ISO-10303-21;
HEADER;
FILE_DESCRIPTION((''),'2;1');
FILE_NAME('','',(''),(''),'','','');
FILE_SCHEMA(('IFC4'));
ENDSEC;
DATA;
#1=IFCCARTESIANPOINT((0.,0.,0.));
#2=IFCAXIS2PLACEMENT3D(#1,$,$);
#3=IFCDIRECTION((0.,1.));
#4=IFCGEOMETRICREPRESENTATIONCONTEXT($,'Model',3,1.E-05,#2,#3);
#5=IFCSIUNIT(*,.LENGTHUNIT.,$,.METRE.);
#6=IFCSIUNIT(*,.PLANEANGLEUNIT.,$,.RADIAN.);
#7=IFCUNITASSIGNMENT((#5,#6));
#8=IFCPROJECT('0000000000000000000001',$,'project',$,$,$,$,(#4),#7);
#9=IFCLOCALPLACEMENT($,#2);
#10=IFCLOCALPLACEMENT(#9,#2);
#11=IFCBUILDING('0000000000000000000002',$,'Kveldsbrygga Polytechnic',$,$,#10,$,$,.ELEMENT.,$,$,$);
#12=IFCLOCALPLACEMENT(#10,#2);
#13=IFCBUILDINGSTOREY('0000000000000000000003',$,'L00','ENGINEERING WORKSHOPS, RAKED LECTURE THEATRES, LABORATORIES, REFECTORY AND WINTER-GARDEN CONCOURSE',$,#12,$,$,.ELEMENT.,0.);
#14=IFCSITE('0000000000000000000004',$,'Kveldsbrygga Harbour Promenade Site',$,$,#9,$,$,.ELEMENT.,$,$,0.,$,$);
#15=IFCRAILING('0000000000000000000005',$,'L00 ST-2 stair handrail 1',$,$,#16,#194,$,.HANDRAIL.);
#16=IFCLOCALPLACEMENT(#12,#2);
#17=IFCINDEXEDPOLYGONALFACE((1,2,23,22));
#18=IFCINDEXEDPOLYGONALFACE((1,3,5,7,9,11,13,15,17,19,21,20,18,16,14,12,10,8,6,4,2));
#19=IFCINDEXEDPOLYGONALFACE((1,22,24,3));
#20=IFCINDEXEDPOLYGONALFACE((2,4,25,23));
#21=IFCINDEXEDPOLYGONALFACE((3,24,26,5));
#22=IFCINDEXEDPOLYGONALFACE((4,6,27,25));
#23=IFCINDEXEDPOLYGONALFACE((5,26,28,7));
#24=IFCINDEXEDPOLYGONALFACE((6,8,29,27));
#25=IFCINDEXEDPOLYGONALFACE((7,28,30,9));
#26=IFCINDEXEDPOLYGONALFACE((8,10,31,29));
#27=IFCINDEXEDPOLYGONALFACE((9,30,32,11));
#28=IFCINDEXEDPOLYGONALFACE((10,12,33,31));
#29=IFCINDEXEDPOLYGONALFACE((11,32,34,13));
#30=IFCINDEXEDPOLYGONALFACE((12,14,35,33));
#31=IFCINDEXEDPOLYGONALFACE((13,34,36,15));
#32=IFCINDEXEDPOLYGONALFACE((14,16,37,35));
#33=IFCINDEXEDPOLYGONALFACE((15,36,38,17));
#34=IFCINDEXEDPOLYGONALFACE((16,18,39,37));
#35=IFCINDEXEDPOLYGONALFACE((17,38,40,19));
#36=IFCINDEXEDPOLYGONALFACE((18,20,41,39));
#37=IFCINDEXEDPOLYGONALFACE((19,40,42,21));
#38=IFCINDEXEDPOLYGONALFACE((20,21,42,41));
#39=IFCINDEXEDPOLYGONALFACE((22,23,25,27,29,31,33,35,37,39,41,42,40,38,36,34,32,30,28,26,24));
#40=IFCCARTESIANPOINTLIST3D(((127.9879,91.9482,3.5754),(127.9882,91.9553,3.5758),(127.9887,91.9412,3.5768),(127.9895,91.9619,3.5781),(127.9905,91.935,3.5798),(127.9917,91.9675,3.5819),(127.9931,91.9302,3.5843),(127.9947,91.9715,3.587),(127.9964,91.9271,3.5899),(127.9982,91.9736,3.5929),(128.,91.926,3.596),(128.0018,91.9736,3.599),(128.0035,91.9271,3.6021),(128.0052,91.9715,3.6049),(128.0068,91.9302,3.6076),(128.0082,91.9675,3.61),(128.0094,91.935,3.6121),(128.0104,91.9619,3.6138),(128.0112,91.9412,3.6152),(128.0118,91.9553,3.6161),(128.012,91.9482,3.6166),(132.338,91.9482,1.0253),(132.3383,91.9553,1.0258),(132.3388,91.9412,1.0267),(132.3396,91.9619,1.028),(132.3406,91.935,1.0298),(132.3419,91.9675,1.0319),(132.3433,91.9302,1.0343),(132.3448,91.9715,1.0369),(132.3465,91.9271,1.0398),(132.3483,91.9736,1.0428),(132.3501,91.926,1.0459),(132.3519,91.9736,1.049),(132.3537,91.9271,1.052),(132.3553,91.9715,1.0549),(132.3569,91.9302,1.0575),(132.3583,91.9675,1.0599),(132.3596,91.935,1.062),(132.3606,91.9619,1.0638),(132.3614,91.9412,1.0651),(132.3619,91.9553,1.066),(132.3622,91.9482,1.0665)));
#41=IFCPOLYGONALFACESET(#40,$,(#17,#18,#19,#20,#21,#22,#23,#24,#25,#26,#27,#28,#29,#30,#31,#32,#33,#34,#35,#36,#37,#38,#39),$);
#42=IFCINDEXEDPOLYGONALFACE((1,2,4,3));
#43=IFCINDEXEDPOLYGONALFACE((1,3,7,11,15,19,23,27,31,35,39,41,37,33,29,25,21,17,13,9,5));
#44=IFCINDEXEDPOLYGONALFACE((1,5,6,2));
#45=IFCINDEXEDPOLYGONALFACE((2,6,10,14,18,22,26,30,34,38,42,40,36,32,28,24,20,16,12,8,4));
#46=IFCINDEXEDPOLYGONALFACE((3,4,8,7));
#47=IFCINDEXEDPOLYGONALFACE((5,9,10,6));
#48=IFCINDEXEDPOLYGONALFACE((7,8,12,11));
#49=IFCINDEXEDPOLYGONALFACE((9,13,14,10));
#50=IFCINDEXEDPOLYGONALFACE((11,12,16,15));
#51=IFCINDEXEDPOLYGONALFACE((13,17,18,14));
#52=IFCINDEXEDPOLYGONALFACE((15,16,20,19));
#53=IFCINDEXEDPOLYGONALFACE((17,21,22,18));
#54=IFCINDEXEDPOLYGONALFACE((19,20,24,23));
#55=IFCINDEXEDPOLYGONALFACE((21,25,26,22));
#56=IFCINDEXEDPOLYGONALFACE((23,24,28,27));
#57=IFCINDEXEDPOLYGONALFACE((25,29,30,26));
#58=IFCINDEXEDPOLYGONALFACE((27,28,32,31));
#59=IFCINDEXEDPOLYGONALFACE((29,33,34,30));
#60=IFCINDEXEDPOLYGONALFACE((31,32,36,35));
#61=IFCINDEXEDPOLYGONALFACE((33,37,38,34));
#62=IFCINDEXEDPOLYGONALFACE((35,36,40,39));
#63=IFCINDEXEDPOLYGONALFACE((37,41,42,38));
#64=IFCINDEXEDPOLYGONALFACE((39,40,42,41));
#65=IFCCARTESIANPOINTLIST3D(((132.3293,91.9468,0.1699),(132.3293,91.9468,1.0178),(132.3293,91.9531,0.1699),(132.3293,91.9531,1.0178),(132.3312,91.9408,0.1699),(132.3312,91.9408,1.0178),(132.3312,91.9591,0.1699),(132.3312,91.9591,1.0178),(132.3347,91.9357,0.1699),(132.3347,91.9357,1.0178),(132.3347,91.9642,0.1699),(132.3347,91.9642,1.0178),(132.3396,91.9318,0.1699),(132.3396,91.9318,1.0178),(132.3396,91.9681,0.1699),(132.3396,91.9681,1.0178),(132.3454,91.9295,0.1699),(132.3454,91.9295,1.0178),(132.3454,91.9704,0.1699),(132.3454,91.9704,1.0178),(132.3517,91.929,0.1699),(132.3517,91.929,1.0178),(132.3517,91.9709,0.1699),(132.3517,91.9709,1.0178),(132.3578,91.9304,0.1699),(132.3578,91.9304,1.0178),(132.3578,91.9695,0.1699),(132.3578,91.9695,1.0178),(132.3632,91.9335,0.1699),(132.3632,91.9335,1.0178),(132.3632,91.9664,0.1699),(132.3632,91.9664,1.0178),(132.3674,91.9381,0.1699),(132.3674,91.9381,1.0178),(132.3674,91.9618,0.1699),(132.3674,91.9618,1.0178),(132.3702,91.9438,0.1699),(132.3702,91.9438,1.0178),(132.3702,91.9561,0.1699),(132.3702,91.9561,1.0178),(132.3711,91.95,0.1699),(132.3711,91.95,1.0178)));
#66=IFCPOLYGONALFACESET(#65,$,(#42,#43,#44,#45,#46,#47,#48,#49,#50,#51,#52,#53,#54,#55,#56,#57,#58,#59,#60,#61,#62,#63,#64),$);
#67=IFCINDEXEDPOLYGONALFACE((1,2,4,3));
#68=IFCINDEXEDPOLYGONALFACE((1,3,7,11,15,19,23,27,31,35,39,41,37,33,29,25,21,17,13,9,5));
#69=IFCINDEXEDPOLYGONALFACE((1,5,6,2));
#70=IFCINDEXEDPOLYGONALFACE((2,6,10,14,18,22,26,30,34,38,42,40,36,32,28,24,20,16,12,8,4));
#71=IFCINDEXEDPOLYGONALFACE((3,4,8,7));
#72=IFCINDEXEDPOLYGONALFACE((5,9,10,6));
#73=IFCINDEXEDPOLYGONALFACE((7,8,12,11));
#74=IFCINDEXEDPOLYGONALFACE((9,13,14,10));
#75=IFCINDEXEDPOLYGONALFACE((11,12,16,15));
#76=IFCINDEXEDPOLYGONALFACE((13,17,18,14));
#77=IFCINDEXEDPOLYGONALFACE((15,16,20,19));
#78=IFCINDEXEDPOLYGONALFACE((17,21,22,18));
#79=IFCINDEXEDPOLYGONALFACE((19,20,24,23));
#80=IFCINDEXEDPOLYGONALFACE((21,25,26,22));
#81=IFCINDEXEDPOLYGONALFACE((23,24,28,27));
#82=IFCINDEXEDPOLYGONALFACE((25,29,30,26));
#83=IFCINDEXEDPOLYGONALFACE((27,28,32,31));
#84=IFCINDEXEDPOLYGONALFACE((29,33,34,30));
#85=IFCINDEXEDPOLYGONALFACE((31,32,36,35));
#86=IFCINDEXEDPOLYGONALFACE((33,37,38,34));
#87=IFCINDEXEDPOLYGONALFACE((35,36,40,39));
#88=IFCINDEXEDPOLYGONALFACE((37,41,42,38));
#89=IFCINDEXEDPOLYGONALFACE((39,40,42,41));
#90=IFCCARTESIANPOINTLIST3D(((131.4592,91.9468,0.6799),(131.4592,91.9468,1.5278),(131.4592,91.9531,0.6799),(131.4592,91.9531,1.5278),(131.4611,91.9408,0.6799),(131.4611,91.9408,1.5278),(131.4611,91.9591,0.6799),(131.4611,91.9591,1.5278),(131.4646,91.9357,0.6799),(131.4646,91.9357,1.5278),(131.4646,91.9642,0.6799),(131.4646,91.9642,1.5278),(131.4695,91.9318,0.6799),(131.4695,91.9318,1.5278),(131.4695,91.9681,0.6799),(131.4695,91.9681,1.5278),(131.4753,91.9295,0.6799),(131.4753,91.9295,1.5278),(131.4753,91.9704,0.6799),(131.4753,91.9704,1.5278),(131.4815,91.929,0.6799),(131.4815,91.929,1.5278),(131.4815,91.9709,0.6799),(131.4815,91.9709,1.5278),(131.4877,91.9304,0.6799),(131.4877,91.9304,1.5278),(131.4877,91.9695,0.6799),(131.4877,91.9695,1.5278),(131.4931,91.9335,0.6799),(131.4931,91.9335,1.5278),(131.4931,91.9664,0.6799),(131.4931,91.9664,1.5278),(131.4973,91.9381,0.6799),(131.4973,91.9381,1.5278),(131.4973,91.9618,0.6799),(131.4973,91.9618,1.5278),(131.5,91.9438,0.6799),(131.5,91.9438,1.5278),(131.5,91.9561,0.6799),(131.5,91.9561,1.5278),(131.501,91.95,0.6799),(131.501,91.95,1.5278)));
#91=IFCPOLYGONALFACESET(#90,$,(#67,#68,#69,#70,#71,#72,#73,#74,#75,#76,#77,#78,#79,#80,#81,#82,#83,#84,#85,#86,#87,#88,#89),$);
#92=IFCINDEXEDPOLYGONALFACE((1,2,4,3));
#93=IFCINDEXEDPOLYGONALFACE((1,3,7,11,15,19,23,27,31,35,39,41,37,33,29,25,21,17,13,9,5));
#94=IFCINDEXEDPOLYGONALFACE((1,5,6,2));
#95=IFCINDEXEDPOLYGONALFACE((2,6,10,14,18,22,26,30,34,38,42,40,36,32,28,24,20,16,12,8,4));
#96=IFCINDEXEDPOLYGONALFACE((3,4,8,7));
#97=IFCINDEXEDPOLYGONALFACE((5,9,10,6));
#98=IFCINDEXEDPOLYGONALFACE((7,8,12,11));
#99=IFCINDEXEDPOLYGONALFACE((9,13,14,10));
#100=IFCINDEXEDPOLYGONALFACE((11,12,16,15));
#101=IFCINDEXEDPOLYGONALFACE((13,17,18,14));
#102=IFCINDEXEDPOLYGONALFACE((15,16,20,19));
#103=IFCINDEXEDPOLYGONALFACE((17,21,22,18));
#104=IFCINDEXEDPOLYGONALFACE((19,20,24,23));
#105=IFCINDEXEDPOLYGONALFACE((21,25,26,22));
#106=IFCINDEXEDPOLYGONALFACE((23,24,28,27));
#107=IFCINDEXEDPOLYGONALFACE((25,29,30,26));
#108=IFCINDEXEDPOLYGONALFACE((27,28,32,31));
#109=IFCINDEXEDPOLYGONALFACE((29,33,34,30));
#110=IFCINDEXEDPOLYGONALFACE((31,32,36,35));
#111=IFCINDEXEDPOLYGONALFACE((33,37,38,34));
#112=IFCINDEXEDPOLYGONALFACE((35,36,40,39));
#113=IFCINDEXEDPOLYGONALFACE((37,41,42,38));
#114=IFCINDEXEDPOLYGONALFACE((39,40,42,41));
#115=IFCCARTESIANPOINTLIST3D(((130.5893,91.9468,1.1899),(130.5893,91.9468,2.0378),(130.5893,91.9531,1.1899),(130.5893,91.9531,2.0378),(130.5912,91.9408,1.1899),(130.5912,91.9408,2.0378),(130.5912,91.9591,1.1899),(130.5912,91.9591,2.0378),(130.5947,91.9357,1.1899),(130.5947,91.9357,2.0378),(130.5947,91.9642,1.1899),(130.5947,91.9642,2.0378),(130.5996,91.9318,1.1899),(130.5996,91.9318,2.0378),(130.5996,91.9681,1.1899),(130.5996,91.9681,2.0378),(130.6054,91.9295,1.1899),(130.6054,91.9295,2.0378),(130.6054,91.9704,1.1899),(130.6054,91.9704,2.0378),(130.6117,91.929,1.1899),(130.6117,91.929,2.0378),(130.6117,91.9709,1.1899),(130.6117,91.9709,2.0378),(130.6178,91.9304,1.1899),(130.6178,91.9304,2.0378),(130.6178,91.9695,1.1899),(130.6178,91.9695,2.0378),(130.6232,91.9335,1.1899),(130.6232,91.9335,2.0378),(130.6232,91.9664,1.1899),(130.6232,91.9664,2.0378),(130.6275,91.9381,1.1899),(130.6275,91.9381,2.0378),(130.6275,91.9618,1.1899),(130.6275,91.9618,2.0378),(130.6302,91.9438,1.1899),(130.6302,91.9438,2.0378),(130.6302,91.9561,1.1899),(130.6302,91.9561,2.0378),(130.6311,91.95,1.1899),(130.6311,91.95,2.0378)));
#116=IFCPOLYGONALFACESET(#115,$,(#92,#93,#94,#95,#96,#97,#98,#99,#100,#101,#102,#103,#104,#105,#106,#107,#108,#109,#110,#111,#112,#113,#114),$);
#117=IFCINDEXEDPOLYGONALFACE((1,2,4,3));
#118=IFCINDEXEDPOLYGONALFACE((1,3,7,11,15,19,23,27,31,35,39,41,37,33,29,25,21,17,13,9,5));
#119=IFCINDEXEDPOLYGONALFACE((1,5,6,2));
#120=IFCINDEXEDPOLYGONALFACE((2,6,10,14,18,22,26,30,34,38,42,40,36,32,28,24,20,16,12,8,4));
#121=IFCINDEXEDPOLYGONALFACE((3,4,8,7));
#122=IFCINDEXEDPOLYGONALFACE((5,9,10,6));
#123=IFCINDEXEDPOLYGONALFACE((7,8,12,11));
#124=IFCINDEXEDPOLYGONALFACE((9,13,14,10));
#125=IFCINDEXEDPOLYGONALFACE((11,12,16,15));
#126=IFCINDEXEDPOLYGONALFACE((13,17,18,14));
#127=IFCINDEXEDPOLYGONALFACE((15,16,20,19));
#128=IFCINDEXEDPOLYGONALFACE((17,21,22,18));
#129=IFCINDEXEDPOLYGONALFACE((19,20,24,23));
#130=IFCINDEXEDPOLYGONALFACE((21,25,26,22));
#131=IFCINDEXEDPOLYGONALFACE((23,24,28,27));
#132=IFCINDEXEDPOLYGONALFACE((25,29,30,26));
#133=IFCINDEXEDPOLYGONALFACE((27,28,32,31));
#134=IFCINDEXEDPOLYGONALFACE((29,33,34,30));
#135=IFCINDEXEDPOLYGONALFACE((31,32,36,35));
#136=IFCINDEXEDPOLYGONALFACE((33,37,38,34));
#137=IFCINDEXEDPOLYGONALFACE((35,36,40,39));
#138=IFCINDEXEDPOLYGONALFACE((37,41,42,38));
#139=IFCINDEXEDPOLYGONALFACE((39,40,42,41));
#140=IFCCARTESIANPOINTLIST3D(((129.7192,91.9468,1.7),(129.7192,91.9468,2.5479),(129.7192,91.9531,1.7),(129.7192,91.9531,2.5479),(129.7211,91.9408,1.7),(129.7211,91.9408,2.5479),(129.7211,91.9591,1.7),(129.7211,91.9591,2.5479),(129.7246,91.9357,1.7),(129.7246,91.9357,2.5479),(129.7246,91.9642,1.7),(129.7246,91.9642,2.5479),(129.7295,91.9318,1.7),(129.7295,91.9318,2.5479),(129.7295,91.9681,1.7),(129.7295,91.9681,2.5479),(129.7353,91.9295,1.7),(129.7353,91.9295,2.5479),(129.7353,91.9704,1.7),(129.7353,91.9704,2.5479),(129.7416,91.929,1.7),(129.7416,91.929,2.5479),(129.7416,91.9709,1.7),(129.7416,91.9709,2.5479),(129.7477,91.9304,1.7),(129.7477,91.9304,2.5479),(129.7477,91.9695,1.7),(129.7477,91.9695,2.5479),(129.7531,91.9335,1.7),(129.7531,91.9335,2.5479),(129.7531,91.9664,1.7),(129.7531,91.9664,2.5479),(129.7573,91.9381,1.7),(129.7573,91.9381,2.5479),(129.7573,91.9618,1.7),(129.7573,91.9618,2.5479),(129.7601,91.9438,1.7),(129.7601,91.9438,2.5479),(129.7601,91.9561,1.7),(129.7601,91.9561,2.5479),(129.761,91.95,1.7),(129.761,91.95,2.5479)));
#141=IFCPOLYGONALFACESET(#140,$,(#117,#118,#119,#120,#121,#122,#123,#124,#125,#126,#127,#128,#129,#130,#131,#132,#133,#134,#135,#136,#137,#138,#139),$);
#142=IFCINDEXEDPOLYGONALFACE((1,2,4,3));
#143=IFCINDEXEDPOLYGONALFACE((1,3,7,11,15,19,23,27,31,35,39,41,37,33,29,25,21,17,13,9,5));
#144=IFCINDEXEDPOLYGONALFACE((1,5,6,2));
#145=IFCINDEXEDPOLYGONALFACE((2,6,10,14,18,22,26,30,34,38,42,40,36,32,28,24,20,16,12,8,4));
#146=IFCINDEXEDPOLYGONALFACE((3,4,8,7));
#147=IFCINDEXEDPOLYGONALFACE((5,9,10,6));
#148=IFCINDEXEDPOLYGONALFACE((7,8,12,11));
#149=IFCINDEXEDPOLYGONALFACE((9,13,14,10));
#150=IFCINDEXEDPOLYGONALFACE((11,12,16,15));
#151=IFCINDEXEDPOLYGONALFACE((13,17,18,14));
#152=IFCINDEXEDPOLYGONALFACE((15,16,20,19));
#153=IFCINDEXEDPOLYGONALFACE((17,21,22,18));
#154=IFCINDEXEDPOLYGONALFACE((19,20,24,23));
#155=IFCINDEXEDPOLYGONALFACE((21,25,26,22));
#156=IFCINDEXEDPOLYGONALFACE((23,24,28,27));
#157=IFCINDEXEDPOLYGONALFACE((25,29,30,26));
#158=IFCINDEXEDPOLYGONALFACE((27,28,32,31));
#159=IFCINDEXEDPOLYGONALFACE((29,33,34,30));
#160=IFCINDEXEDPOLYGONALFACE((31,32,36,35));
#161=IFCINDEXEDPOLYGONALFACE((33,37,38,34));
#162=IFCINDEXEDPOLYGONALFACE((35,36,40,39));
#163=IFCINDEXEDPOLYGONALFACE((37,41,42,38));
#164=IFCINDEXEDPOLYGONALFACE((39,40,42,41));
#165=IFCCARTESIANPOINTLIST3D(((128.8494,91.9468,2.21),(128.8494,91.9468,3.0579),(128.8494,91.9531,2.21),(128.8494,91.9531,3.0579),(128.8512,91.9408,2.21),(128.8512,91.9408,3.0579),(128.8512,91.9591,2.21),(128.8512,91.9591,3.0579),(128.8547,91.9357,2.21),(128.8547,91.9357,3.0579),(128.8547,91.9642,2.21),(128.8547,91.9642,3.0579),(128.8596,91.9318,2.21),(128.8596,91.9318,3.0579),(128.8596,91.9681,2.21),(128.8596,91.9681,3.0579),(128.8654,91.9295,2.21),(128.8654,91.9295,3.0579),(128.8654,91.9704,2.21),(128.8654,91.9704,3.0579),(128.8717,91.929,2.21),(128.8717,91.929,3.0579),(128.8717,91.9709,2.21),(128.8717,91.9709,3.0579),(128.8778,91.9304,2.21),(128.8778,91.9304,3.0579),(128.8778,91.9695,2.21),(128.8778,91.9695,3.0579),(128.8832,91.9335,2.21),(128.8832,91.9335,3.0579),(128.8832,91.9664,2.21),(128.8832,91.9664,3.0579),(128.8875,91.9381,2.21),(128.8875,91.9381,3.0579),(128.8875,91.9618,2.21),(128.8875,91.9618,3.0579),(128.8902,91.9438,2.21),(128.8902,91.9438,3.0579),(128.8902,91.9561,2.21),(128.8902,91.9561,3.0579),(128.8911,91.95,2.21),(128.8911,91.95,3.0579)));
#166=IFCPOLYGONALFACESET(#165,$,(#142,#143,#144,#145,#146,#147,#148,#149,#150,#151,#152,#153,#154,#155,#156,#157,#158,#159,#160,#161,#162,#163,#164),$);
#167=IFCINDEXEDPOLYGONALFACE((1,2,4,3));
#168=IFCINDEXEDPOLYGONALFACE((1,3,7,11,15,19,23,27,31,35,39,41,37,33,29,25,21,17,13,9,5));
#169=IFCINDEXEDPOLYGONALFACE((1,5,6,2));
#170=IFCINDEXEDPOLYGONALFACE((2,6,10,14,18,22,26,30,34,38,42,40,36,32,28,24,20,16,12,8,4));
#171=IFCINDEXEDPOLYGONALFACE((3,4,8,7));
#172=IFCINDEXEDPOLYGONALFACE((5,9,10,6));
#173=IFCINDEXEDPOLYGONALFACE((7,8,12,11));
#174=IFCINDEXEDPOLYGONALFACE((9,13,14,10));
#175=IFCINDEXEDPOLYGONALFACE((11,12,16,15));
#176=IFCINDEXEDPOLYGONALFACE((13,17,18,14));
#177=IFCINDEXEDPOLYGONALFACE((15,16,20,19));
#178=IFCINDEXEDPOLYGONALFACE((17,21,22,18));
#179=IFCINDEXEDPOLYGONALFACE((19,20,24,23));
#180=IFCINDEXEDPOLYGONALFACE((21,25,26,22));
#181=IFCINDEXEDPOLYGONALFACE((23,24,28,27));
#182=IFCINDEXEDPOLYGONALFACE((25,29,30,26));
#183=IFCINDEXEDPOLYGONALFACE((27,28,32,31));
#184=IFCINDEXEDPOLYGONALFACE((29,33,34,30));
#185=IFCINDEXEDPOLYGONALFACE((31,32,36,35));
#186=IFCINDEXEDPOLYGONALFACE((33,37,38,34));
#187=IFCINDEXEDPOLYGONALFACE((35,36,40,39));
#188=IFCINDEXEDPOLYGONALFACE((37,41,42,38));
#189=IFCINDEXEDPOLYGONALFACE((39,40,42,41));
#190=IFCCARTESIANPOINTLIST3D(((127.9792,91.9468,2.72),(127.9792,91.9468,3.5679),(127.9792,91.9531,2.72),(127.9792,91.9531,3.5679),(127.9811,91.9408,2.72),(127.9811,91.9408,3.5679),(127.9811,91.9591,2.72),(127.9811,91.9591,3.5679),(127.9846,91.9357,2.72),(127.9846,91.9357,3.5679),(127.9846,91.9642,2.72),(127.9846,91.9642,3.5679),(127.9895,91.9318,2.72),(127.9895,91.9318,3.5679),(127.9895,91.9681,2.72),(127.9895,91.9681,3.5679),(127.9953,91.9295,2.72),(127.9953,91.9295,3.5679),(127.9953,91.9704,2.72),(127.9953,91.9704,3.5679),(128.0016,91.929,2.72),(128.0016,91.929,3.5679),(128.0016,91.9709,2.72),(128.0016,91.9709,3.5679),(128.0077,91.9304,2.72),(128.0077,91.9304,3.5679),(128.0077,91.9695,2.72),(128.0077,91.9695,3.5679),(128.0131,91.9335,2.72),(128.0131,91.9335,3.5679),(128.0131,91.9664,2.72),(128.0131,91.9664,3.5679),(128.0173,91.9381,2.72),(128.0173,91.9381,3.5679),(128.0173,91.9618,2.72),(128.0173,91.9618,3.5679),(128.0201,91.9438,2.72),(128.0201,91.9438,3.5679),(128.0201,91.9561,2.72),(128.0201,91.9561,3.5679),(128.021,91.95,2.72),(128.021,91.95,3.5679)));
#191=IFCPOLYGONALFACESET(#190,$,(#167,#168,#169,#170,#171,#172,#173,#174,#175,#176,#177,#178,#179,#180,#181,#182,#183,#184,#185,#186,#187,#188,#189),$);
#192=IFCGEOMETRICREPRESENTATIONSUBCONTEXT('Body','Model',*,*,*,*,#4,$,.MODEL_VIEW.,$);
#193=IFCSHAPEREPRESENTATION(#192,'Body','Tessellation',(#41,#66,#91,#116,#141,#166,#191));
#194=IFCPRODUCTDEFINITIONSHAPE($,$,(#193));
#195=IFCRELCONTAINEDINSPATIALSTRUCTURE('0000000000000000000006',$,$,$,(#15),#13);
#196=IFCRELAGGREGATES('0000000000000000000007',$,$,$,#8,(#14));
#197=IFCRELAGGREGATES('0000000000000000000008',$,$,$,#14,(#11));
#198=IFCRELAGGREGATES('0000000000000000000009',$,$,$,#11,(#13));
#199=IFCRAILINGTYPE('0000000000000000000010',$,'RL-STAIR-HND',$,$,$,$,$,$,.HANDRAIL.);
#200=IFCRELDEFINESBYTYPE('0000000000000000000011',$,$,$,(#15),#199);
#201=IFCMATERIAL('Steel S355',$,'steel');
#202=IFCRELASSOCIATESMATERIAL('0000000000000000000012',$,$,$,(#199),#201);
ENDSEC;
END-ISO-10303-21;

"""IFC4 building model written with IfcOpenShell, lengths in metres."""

from ifc_helpers import new_model, si_unit, direction, frame, origin, origin_2d, place, context, subcontext, project, spatial, circle, extrude, material, type_object, element, save


model = new_model("IFC4")

# Units and contexts
model_context = context("Model", 3, precision=1e-05, world=origin(), true_north=direction((0.0, 1.0)))
body_context = subcontext(model_context, "Body", "Model", "MODEL_VIEW")
ifc_project = project(units=[si_unit("LENGTHUNIT", "METRE"), si_unit("PLANEANGLEUNIT", "RADIAN")], contexts=[model_context])

# Site, building, storey
site_placement = place(None, origin())
site = spatial("IfcSite", under=ifc_project, at=site_placement, Name="Kveldsbrygga Harbour Promenade Site", CompositionType="ELEMENT", RefElevation=0.0)
building_placement = place(site_placement, origin())
building = spatial("IfcBuilding", under=site, at=building_placement, Name="Kveldsbrygga Polytechnic", CompositionType="ELEMENT")
storey_placement = place(building_placement, origin())
storey = spatial("IfcBuildingStorey", under=building, at=storey_placement, Name="L00", Description="ENGINEERING WORKSHOPS, RAKED LECTURE THEATRES, LABORATORIES, REFECTORY AND WINTER-GARDEN CONCOURSE", CompositionType="ELEMENT", Elevation=0.0)

# Shared definitions
ifc_material_1 = material(Name="Steel S355", Category="steel")

# Railing
railing_type = type_object("IfcRailingType", Name="RL-STAIR-HND", PredefinedType="HANDRAIL", material=ifc_material_1)
railing_placement = place(storey_placement, frame((132.3501, 91.95, 0.1699)))
element("IfcRailing", 1, at=railing_placement, inside=storey, type_object=railing_type, Name="L00 ST-2 stair handrail 1", PredefinedType="HANDRAIL", context=body_context, shape_type="SweptSolid", body=[
    extrude(circle(Radius=0.0239, at=origin_2d()), frame((0.0, 0.0, 0.876), z_axis=(-0.862699, 0.0, 0.505718), x_axis=(0.0, -1.0, 0.0)), (0.0, 0.0, 1.0), 5.0425),
    extrude(circle(Radius=0.021, at=origin_2d()), origin(), (0.0, 0.0, 1.0), 0.8479),
    extrude(circle(Radius=0.021, at=origin_2d()), frame((-0.8701, 0.0, 0.51)), (0.0, 0.0, 1.0), 0.8479),
    extrude(circle(Radius=0.021, at=origin_2d()), frame((-1.74, 0.0, 1.02)), (0.0, 0.0, 1.0), 0.8479),
    extrude(circle(Radius=0.021, at=origin_2d()), frame((-2.6101, 0.0, 1.53)), (0.0, 0.0, 1.0), 0.8479),
    extrude(circle(Radius=0.021, at=origin_2d()), frame((-3.48, 0.0, 2.04)), (0.0, 0.0, 1.0), 0.8479),
    extrude(circle(Radius=0.021, at=origin_2d()), frame((-4.3501, 0.0, 2.55)), (0.0, 0.0, 1.0), 0.8479),
])

save(model, "model.ifc")
